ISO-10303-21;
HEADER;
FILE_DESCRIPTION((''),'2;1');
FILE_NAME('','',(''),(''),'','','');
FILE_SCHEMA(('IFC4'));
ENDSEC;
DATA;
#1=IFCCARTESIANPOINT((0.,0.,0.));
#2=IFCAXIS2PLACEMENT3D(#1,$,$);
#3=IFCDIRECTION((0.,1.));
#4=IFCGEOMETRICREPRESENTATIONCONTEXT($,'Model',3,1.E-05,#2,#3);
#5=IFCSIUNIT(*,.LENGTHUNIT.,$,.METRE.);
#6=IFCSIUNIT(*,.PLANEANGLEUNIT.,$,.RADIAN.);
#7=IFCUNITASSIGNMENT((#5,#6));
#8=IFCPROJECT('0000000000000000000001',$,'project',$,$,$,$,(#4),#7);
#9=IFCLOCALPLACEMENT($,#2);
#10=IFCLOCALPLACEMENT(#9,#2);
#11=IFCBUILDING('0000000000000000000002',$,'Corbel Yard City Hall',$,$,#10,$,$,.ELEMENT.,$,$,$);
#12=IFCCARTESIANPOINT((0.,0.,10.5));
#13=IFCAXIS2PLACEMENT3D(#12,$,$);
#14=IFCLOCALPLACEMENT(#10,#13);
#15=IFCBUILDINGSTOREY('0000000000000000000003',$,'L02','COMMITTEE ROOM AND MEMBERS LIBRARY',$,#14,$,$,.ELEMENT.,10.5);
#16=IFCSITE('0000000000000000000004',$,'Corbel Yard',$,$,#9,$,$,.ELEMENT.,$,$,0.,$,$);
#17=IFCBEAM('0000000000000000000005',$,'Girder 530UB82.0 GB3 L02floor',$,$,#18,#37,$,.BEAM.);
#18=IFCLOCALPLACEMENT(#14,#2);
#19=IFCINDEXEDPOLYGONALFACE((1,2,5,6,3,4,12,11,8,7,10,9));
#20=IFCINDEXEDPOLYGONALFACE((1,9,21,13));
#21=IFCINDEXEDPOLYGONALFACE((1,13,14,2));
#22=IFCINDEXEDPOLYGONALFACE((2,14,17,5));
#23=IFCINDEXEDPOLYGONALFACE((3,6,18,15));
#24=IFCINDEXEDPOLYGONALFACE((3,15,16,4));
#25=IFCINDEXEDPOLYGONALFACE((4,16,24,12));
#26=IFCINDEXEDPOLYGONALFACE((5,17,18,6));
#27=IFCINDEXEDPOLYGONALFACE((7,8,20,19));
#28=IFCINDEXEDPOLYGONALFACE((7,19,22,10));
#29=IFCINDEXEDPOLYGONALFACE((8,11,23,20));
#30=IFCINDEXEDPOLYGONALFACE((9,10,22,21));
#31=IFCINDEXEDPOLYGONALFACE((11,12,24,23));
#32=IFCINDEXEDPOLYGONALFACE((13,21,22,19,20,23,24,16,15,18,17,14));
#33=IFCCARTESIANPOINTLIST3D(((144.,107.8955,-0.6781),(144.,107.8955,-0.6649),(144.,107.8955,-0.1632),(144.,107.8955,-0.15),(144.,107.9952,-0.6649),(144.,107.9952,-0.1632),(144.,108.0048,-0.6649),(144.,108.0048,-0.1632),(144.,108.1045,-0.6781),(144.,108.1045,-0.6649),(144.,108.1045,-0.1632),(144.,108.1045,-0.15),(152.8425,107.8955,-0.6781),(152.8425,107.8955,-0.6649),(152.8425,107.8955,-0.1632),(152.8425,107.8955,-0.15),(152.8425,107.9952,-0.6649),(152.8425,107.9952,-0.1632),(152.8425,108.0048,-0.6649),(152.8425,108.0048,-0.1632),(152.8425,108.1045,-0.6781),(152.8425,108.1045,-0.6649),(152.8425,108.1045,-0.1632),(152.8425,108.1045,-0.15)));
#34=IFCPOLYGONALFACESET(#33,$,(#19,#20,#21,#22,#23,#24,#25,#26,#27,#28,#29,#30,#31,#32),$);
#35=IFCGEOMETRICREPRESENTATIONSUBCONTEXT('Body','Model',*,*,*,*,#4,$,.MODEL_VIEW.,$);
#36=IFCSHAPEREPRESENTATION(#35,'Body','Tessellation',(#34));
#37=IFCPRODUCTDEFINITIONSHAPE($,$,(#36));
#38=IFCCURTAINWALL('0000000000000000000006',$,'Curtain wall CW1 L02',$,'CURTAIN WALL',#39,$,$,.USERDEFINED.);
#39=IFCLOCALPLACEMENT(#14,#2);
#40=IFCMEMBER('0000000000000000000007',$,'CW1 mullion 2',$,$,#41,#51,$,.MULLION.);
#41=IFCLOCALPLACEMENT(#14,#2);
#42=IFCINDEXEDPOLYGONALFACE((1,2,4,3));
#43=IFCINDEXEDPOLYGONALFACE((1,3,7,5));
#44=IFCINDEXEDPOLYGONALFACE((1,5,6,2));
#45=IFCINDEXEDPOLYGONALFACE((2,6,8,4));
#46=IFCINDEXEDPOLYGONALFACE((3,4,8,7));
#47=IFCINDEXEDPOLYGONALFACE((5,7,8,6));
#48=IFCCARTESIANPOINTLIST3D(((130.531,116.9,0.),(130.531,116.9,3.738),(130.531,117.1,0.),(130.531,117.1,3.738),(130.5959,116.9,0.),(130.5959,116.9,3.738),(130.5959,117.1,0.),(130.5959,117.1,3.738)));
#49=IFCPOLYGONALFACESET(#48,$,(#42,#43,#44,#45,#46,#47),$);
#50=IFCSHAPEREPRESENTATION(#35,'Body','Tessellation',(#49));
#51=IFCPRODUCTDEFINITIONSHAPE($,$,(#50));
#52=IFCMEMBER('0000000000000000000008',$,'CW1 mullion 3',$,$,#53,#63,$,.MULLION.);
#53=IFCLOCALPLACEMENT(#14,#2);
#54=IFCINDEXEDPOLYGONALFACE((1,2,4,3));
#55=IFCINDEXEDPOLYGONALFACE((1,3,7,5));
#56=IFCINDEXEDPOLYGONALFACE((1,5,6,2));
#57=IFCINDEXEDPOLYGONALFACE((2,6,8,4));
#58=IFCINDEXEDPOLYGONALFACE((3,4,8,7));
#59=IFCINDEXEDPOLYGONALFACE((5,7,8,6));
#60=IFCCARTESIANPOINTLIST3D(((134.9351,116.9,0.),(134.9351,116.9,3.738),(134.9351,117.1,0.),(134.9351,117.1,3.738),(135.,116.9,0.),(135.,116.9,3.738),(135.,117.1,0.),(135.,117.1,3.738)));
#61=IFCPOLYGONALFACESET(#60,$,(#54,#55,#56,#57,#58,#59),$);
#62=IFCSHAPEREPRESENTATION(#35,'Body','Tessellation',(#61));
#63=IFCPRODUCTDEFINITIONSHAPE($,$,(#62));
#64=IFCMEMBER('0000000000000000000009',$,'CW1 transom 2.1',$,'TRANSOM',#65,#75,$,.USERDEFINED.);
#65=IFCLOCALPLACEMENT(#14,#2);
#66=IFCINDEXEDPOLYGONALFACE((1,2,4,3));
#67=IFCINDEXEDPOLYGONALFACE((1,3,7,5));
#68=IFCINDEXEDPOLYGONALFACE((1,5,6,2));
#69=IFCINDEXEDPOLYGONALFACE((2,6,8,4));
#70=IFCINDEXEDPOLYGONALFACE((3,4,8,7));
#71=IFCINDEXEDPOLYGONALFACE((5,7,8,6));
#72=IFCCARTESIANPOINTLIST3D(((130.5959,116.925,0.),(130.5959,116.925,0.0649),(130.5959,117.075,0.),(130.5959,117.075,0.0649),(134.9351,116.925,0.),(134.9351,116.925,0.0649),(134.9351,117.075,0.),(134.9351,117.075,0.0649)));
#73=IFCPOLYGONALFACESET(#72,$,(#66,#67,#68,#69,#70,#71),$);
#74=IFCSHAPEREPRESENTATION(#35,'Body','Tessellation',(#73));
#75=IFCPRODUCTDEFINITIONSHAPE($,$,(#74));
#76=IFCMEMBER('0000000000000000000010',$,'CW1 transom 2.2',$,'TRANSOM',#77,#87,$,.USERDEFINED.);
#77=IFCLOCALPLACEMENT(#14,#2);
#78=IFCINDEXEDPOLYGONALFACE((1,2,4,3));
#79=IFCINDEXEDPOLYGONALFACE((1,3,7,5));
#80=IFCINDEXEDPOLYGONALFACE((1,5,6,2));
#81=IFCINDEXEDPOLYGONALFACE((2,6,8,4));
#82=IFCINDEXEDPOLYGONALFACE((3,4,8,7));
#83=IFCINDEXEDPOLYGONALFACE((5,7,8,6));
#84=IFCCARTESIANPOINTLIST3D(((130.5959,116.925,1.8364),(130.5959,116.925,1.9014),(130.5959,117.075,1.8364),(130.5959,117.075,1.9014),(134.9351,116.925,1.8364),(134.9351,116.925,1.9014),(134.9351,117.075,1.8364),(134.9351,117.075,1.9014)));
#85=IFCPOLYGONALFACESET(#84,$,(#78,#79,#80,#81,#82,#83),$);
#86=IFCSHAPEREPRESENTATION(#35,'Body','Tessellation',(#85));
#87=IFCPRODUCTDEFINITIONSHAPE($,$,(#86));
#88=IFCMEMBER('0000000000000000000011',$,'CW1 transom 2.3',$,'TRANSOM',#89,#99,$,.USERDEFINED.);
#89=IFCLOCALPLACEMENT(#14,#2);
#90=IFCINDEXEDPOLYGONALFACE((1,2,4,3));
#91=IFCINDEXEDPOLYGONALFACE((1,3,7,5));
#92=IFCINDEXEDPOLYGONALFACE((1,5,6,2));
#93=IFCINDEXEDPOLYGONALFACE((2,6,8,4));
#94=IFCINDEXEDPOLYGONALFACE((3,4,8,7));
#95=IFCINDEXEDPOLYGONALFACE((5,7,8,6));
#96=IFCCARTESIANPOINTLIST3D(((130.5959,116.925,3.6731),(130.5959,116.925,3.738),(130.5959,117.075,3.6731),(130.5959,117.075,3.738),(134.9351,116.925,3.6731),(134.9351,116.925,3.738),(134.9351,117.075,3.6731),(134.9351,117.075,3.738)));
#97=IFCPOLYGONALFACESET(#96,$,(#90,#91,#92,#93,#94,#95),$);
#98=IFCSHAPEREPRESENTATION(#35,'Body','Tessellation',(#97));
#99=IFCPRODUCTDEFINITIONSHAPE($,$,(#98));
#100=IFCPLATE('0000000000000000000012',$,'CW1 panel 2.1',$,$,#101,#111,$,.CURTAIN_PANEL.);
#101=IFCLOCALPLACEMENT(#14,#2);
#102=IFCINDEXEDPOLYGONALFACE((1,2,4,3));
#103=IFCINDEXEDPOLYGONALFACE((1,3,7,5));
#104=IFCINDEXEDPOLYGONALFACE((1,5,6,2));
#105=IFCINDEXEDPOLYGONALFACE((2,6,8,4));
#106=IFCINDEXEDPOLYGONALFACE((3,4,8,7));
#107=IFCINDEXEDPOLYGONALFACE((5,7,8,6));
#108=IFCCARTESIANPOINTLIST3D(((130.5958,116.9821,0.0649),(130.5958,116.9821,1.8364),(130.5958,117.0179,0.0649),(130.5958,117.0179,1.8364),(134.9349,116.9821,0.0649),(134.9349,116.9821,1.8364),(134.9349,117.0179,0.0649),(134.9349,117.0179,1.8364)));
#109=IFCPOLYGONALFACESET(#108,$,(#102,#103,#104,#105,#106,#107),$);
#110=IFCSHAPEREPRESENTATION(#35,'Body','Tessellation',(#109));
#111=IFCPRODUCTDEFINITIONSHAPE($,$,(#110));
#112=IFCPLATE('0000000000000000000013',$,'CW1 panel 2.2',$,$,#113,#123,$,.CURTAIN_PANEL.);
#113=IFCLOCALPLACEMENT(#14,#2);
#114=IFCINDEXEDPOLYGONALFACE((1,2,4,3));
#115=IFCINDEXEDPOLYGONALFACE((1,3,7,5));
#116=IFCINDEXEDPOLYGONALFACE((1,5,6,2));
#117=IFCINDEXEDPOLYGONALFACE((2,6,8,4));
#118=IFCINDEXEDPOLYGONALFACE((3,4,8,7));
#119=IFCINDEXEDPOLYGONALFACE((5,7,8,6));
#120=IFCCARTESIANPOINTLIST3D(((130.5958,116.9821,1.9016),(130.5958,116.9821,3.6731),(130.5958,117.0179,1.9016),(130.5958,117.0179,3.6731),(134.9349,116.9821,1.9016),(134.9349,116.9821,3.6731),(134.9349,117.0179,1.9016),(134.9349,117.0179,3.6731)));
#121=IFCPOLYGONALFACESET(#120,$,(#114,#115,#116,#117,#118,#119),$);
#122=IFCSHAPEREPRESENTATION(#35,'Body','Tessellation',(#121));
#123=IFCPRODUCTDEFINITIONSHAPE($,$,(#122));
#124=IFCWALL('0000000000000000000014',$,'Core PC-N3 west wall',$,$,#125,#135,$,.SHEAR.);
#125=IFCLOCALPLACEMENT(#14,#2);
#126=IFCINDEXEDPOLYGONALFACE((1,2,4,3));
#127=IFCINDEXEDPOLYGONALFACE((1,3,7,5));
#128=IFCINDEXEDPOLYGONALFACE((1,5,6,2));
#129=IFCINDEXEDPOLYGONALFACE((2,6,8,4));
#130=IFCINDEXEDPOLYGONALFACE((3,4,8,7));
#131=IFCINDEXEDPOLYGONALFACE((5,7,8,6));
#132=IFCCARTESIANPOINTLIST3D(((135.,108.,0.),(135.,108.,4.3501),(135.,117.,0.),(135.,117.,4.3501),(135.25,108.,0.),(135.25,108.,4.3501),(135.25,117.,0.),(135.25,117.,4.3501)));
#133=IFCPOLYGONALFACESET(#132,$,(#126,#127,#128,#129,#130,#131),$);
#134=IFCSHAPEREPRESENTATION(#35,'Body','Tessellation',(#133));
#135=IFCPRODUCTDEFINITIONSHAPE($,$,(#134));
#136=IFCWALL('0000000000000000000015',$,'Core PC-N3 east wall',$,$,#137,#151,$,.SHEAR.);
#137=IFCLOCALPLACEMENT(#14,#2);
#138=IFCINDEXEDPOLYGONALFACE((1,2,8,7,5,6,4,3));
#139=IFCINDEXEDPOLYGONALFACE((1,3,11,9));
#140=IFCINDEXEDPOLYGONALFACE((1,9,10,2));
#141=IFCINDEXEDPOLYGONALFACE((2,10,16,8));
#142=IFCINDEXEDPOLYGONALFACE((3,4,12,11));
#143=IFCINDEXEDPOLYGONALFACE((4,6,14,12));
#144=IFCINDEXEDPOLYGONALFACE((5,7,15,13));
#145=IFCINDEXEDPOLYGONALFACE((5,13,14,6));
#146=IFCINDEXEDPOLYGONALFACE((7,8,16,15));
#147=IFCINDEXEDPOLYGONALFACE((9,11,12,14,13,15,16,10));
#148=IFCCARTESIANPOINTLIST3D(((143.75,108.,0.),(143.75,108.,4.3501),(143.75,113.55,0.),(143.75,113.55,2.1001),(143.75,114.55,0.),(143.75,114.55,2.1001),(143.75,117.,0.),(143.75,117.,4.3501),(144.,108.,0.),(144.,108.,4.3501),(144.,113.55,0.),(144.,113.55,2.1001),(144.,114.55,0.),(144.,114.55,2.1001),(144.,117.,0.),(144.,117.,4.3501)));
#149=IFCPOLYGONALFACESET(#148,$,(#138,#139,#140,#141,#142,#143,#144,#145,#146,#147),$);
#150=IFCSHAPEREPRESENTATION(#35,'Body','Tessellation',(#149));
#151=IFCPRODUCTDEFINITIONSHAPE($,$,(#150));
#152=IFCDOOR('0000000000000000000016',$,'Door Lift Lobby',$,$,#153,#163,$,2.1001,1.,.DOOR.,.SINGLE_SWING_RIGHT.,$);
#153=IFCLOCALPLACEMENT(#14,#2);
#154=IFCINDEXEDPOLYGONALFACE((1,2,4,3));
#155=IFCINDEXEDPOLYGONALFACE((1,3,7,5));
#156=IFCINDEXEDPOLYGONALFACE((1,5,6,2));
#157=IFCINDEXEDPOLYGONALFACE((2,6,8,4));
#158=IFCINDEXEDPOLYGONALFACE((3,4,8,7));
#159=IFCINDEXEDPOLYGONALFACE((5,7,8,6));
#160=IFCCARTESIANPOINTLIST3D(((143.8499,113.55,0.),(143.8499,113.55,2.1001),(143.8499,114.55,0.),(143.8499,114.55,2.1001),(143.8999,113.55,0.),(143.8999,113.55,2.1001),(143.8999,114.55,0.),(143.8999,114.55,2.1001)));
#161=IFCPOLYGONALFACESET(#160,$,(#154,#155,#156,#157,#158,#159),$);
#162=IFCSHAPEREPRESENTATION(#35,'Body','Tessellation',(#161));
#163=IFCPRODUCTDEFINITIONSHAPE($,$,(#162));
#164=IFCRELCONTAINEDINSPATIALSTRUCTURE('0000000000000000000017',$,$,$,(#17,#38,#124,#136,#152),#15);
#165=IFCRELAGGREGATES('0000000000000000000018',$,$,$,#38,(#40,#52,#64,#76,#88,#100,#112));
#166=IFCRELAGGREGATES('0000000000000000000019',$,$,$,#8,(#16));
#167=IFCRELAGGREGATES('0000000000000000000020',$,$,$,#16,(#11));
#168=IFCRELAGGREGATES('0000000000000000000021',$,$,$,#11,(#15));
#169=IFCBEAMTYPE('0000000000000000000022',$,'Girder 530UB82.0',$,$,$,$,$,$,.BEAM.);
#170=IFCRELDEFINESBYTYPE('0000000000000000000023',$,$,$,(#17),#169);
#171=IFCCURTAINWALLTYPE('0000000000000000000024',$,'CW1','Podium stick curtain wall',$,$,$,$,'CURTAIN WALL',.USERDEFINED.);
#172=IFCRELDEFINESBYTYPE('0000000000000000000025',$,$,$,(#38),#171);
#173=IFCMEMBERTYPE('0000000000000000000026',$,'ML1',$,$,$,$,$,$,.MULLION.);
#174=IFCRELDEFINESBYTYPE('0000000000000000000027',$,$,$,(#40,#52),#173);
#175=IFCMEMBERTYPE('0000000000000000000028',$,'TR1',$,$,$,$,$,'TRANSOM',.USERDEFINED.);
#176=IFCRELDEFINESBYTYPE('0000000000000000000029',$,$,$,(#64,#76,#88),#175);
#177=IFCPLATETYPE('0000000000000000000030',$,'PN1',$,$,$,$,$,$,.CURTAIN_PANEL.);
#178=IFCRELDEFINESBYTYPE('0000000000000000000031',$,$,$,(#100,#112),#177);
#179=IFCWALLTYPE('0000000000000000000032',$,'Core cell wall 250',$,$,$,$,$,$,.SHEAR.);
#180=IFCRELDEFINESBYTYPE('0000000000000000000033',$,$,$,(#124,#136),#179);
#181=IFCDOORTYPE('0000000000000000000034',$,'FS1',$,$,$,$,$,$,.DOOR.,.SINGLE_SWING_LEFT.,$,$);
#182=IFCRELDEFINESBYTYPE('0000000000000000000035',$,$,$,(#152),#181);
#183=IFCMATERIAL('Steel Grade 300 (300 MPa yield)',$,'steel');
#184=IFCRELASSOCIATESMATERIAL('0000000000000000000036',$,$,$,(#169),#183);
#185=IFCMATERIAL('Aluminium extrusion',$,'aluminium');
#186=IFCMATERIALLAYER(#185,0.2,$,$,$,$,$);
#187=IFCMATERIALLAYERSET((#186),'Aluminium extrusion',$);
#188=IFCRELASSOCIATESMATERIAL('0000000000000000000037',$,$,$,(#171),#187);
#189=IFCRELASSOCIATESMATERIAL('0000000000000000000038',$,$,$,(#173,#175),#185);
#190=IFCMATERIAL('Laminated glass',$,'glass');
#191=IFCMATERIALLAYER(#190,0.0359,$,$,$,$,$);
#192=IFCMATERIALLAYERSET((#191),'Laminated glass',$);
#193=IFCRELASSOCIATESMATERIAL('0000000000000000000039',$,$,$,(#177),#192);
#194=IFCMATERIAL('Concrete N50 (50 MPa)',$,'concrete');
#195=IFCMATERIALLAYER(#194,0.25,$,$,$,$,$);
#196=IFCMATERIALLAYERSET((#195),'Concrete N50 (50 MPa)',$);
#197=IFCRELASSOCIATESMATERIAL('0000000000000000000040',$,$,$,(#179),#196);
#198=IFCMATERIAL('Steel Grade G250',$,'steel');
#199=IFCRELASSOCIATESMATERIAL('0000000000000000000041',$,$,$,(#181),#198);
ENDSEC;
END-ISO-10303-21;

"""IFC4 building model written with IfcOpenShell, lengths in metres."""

from ifc_helpers import new_model, si_unit, direction, frame, frame_2d, origin, origin_2d, place, context, subcontext, project, spatial, rectangle, i_section, extrude, material, layer, layer_set, material_profile, profile_set, type_object, element, fill, aggregate, save


model = new_model("IFC4")

# Units and contexts
model_context = context("Model", 3, precision=1e-05, world=origin(), true_north=direction((0.0, 1.0)))
body_context = subcontext(model_context, "Body", "Model", "MODEL_VIEW")
ifc_project = project(units=[si_unit("LENGTHUNIT", "METRE"), si_unit("PLANEANGLEUNIT", "RADIAN")], contexts=[model_context])

# Site, building, storey
site_placement = place(None, origin())
site = spatial("IfcSite", under=ifc_project, at=site_placement, Name="Corbel Yard", CompositionType="ELEMENT", RefElevation=0.0)
building_placement = place(site_placement, origin())
building = spatial("IfcBuilding", under=site, at=building_placement, Name="Corbel Yard City Hall", CompositionType="ELEMENT")
storey_placement = place(building_placement, frame((0.0, 0.0, 10.5)))
storey = spatial("IfcBuildingStorey", under=building, at=storey_placement, Name="L02", Description="COMMITTEE ROOM AND MEMBERS LIBRARY", CompositionType="ELEMENT", Elevation=10.5)

# Beam
ifc_material_1 = material(Name="Steel Grade 300 (300 MPa yield)", Category="steel")
ifc_material_profile_1 = material_profile(ifc_material_1, i_section(OverallWidth=0.209, OverallDepth=0.5281, WebThickness=0.0095, FlangeThickness=0.0132, at=origin_2d()), Name="530UB82.0")
ifc_profile_set_1 = profile_set([ifc_material_profile_1], Name="Steel Grade 300 (300 MPa yield)")
beam_type = type_object("IfcBeamType", Name="Girder 530UB82.0", PredefinedType="BEAM", material=ifc_profile_set_1)
beam_placement = place(storey_placement, frame((144.0, 108.0, -0.4141), z_axis=(1.0, 0.0, 0.0), x_axis=(0.0, 1.0, 0.0)))
element("IfcBeam", 1, at=beam_placement, inside=storey, type_object=beam_type, Name="Girder 530UB82.0 GB3 L02floor", PredefinedType="BEAM", context=body_context, shape_type="SweptSolid", body=[
    extrude(i_section(OverallWidth=0.209, OverallDepth=0.5281, WebThickness=0.0095, FlangeThickness=0.0132, at=origin_2d()), origin(), (0.0, 0.0, 1.0), 8.8425),
])

# Curtain wall, members, plates
ifc_material_2 = material(Name="Aluminium extrusion", Category="aluminium")
ifc_layer_1 = layer(ifc_material_2, 0.2)
ifc_layer_set_1 = layer_set([ifc_layer_1], Name="Aluminium extrusion")
curtain_wall_type = type_object("IfcCurtainWallType", Name="CW1", Description="Podium stick curtain wall", ElementType="CURTAIN WALL", PredefinedType="USERDEFINED", material=ifc_layer_set_1)
curtain_wall_placement = place(storey_placement, origin())
curtain_wall = element("IfcCurtainWall", 2, at=curtain_wall_placement, inside=storey, type_object=curtain_wall_type, Name="Curtain wall CW1 L02", ObjectType="CURTAIN WALL", PredefinedType="USERDEFINED")
ifc_material_profile_2 = material_profile(ifc_material_2, rectangle(XDim=0.2, YDim=0.0649, at=origin_2d()), Name="200x65")
ifc_profile_set_2 = profile_set([ifc_material_profile_2], Name="Aluminium extrusion")
member_type_1 = type_object("IfcMemberType", Name="ML1", PredefinedType="MULLION", material=ifc_profile_set_2)
member_1_placement = place(storey_placement, frame((130.5635, 117.0, 0.0), z_axis=(0.0, 0.0, 1.0), x_axis=(0.0, 1.0, 0.0)))
member_1 = element("IfcMember", 3, at=member_1_placement, type_object=member_type_1, Name="CW1 mullion 2", PredefinedType="MULLION", context=body_context, shape_type="SweptSolid", body=[
    extrude(rectangle(XDim=0.2, YDim=0.0649, at=origin_2d()), origin(), (0.0, 0.0, 1.0), 3.738),
])
member_2_placement = place(storey_placement, frame((134.9675, 117.0, 0.0), z_axis=(0.0, 0.0, 1.0), x_axis=(0.0, 1.0, 0.0)))
member_2 = element("IfcMember", 4, at=member_2_placement, type_object=member_type_1, Name="CW1 mullion 3", PredefinedType="MULLION", context=body_context, shape_type="SweptSolid", body=[
    extrude(rectangle(XDim=0.2, YDim=0.0649, at=origin_2d()), origin(), (0.0, 0.0, 1.0), 3.738),
])
ifc_material_profile_3 = material_profile(ifc_material_2, rectangle(XDim=0.1499, YDim=0.0649, at=origin_2d()), Name="150x65")
ifc_profile_set_3 = profile_set([ifc_material_profile_3], Name="Aluminium extrusion")
member_type_2 = type_object("IfcMemberType", Name="TR1", ElementType="TRANSOM", PredefinedType="USERDEFINED", material=ifc_profile_set_3)
member_3_placement = place(storey_placement, frame((130.5959, 117.0, 0.0325), z_axis=(1.0, 0.0, 0.0), x_axis=(0.0, 1.0, 0.0)))
member_3 = element("IfcMember", 5, at=member_3_placement, type_object=member_type_2, Name="CW1 transom 2.1", ObjectType="TRANSOM", PredefinedType="USERDEFINED", context=body_context, shape_type="SweptSolid", body=[
    extrude(rectangle(XDim=0.1499, YDim=0.0649, at=origin_2d()), origin(), (0.0, 0.0, 1.0), 4.3391),
])
member_4_placement = place(storey_placement, frame((130.5959, 117.0, 1.8689), z_axis=(1.0, 0.0, 0.0), x_axis=(0.0, 1.0, 0.0)))
member_4 = element("IfcMember", 6, at=member_4_placement, type_object=member_type_2, Name="CW1 transom 2.2", ObjectType="TRANSOM", PredefinedType="USERDEFINED", context=body_context, shape_type="SweptSolid", body=[
    extrude(rectangle(XDim=0.1499, YDim=0.0649, at=origin_2d()), origin(), (0.0, 0.0, 1.0), 4.3391),
])
member_5_placement = place(storey_placement, frame((130.5959, 117.0, 3.7056), z_axis=(1.0, 0.0, 0.0), x_axis=(0.0, 1.0, 0.0)))
member_5 = element("IfcMember", 7, at=member_5_placement, type_object=member_type_2, Name="CW1 transom 2.3", ObjectType="TRANSOM", PredefinedType="USERDEFINED", context=body_context, shape_type="SweptSolid", body=[
    extrude(rectangle(XDim=0.1499, YDim=0.0649, at=origin_2d()), origin(), (0.0, 0.0, 1.0), 4.3391),
])
ifc_material_3 = material(Name="Laminated glass", Category="glass")
ifc_layer_2 = layer(ifc_material_3, 0.0359)
ifc_layer_set_2 = layer_set([ifc_layer_2], Name="Laminated glass")
plate_type = type_object("IfcPlateType", Name="PN1", PredefinedType="CURTAIN_PANEL", material=ifc_layer_set_2)
plate_1_placement = place(storey_placement, frame((132.7654, 117.0, 0.0649), z_axis=(0.0, 0.0, 1.0), x_axis=(1.0, 0.0, 0.0)))
plate_1 = element("IfcPlate", 8, at=plate_1_placement, type_object=plate_type, Name="CW1 panel 2.1", PredefinedType="CURTAIN_PANEL", context=body_context, shape_type="SweptSolid", body=[
    extrude(rectangle(XDim=4.3391, YDim=0.0359, at=origin_2d()), origin(), (0.0, 0.0, 1.0), 1.7715),
])
plate_2_placement = place(storey_placement, frame((132.7654, 117.0, 1.9016), z_axis=(0.0, 0.0, 1.0), x_axis=(1.0, 0.0, 0.0)))
plate_2 = element("IfcPlate", 9, at=plate_2_placement, type_object=plate_type, Name="CW1 panel 2.2", PredefinedType="CURTAIN_PANEL", context=body_context, shape_type="SweptSolid", body=[
    extrude(rectangle(XDim=4.3391, YDim=0.0359, at=origin_2d()), origin(), (0.0, 0.0, 1.0), 1.7715),
])
aggregate(curtain_wall, [member_1, member_2, member_3, member_4, member_5, plate_1, plate_2])

# Wall
ifc_material_4 = material(Name="Concrete N50 (50 MPa)", Category="concrete")
ifc_layer_3 = layer(ifc_material_4, 0.25)
ifc_layer_set_3 = layer_set([ifc_layer_3], Name="Concrete N50 (50 MPa)")
wall_type_1 = type_object("IfcWallType", Name="Core cell wall 250", PredefinedType="SHEAR", material=ifc_layer_set_3)
wall_1_placement = place(storey_placement, frame((135.125, 108.0, 0.0), z_axis=(0.0, 0.0, 1.0), x_axis=(0.0, 1.0, 0.0)))
element("IfcWall", 10, at=wall_1_placement, inside=storey, type_object=wall_type_1, Name="Core PC-N3 west wall", PredefinedType="SHEAR", context=body_context, shape_type="SweptSolid", body=[
    extrude(rectangle(XDim=9.0, YDim=0.25, at=frame_2d((4.5, 0.0))), origin(), (0.0, 0.0, 1.0), 4.3501),
])

# Wall, opening, door
wall_2_placement = place(storey_placement, frame((143.875, 108.0, 0.0), z_axis=(0.0, 0.0, 1.0), x_axis=(0.0, 1.0, 0.0)))
wall_2 = element("IfcWall", 11, at=wall_2_placement, inside=storey, type_object=wall_type_1, Name="Core PC-N3 east wall", PredefinedType="SHEAR", context=body_context, shape_type="SweptSolid", body=[
    extrude(rectangle(XDim=9.0, YDim=0.25, at=frame_2d((4.5, 0.0))), origin(), (0.0, 0.0, 1.0), 4.3501),
])
opening_1_placement = place(wall_2_placement, frame((5.55, 0.0, 0.0)))
opening_1 = element("IfcOpeningElement", 12, at=opening_1_placement, cuts=wall_2, PredefinedType="OPENING", context=body_context, shape_type="SweptSolid", body=[
    extrude(rectangle(XDim=1.0, YDim=2.1001, at=frame_2d((0.5, 1.05))), frame((0.0, 0.135, 0.0), z_axis=(0.0, -1.0, 0.0), x_axis=(1.0, 0.0, 0.0)), (0.0, 0.0, 1.0), 0.27),
])
ifc_material_5 = material(Name="Steel Grade G250", Category="steel")
door_type_1 = type_object("IfcDoorType", Name="FS1", OperationType="SINGLE_SWING_LEFT", PredefinedType="DOOR", material=ifc_material_5)
door_1_placement = place(opening_1_placement, frame((1.0, 0.0, 0.0), z_axis=(0.0, 0.0, 1.0), x_axis=(-1.0, 0.0, 0.0)))
door_1 = element("IfcDoor", 13, at=door_1_placement, inside=storey, type_object=door_type_1, Name="Door Lift Lobby", OperationType="SINGLE_SWING_RIGHT", OverallHeight=2.1001, OverallWidth=1.0, PredefinedType="DOOR", context=body_context, shape_type="SweptSolid", body=[
    extrude(rectangle(XDim=1.0, YDim=2.1001, at=frame_2d((0.5, 1.05))), frame((0.0, 0.0249, 0.0), z_axis=(0.0, -1.0, 0.0), x_axis=(1.0, 0.0, 0.0)), (0.0, 0.0, 1.0), 0.05),
])
fill(opening_1, door_1)

save(model, "model.ifc")
